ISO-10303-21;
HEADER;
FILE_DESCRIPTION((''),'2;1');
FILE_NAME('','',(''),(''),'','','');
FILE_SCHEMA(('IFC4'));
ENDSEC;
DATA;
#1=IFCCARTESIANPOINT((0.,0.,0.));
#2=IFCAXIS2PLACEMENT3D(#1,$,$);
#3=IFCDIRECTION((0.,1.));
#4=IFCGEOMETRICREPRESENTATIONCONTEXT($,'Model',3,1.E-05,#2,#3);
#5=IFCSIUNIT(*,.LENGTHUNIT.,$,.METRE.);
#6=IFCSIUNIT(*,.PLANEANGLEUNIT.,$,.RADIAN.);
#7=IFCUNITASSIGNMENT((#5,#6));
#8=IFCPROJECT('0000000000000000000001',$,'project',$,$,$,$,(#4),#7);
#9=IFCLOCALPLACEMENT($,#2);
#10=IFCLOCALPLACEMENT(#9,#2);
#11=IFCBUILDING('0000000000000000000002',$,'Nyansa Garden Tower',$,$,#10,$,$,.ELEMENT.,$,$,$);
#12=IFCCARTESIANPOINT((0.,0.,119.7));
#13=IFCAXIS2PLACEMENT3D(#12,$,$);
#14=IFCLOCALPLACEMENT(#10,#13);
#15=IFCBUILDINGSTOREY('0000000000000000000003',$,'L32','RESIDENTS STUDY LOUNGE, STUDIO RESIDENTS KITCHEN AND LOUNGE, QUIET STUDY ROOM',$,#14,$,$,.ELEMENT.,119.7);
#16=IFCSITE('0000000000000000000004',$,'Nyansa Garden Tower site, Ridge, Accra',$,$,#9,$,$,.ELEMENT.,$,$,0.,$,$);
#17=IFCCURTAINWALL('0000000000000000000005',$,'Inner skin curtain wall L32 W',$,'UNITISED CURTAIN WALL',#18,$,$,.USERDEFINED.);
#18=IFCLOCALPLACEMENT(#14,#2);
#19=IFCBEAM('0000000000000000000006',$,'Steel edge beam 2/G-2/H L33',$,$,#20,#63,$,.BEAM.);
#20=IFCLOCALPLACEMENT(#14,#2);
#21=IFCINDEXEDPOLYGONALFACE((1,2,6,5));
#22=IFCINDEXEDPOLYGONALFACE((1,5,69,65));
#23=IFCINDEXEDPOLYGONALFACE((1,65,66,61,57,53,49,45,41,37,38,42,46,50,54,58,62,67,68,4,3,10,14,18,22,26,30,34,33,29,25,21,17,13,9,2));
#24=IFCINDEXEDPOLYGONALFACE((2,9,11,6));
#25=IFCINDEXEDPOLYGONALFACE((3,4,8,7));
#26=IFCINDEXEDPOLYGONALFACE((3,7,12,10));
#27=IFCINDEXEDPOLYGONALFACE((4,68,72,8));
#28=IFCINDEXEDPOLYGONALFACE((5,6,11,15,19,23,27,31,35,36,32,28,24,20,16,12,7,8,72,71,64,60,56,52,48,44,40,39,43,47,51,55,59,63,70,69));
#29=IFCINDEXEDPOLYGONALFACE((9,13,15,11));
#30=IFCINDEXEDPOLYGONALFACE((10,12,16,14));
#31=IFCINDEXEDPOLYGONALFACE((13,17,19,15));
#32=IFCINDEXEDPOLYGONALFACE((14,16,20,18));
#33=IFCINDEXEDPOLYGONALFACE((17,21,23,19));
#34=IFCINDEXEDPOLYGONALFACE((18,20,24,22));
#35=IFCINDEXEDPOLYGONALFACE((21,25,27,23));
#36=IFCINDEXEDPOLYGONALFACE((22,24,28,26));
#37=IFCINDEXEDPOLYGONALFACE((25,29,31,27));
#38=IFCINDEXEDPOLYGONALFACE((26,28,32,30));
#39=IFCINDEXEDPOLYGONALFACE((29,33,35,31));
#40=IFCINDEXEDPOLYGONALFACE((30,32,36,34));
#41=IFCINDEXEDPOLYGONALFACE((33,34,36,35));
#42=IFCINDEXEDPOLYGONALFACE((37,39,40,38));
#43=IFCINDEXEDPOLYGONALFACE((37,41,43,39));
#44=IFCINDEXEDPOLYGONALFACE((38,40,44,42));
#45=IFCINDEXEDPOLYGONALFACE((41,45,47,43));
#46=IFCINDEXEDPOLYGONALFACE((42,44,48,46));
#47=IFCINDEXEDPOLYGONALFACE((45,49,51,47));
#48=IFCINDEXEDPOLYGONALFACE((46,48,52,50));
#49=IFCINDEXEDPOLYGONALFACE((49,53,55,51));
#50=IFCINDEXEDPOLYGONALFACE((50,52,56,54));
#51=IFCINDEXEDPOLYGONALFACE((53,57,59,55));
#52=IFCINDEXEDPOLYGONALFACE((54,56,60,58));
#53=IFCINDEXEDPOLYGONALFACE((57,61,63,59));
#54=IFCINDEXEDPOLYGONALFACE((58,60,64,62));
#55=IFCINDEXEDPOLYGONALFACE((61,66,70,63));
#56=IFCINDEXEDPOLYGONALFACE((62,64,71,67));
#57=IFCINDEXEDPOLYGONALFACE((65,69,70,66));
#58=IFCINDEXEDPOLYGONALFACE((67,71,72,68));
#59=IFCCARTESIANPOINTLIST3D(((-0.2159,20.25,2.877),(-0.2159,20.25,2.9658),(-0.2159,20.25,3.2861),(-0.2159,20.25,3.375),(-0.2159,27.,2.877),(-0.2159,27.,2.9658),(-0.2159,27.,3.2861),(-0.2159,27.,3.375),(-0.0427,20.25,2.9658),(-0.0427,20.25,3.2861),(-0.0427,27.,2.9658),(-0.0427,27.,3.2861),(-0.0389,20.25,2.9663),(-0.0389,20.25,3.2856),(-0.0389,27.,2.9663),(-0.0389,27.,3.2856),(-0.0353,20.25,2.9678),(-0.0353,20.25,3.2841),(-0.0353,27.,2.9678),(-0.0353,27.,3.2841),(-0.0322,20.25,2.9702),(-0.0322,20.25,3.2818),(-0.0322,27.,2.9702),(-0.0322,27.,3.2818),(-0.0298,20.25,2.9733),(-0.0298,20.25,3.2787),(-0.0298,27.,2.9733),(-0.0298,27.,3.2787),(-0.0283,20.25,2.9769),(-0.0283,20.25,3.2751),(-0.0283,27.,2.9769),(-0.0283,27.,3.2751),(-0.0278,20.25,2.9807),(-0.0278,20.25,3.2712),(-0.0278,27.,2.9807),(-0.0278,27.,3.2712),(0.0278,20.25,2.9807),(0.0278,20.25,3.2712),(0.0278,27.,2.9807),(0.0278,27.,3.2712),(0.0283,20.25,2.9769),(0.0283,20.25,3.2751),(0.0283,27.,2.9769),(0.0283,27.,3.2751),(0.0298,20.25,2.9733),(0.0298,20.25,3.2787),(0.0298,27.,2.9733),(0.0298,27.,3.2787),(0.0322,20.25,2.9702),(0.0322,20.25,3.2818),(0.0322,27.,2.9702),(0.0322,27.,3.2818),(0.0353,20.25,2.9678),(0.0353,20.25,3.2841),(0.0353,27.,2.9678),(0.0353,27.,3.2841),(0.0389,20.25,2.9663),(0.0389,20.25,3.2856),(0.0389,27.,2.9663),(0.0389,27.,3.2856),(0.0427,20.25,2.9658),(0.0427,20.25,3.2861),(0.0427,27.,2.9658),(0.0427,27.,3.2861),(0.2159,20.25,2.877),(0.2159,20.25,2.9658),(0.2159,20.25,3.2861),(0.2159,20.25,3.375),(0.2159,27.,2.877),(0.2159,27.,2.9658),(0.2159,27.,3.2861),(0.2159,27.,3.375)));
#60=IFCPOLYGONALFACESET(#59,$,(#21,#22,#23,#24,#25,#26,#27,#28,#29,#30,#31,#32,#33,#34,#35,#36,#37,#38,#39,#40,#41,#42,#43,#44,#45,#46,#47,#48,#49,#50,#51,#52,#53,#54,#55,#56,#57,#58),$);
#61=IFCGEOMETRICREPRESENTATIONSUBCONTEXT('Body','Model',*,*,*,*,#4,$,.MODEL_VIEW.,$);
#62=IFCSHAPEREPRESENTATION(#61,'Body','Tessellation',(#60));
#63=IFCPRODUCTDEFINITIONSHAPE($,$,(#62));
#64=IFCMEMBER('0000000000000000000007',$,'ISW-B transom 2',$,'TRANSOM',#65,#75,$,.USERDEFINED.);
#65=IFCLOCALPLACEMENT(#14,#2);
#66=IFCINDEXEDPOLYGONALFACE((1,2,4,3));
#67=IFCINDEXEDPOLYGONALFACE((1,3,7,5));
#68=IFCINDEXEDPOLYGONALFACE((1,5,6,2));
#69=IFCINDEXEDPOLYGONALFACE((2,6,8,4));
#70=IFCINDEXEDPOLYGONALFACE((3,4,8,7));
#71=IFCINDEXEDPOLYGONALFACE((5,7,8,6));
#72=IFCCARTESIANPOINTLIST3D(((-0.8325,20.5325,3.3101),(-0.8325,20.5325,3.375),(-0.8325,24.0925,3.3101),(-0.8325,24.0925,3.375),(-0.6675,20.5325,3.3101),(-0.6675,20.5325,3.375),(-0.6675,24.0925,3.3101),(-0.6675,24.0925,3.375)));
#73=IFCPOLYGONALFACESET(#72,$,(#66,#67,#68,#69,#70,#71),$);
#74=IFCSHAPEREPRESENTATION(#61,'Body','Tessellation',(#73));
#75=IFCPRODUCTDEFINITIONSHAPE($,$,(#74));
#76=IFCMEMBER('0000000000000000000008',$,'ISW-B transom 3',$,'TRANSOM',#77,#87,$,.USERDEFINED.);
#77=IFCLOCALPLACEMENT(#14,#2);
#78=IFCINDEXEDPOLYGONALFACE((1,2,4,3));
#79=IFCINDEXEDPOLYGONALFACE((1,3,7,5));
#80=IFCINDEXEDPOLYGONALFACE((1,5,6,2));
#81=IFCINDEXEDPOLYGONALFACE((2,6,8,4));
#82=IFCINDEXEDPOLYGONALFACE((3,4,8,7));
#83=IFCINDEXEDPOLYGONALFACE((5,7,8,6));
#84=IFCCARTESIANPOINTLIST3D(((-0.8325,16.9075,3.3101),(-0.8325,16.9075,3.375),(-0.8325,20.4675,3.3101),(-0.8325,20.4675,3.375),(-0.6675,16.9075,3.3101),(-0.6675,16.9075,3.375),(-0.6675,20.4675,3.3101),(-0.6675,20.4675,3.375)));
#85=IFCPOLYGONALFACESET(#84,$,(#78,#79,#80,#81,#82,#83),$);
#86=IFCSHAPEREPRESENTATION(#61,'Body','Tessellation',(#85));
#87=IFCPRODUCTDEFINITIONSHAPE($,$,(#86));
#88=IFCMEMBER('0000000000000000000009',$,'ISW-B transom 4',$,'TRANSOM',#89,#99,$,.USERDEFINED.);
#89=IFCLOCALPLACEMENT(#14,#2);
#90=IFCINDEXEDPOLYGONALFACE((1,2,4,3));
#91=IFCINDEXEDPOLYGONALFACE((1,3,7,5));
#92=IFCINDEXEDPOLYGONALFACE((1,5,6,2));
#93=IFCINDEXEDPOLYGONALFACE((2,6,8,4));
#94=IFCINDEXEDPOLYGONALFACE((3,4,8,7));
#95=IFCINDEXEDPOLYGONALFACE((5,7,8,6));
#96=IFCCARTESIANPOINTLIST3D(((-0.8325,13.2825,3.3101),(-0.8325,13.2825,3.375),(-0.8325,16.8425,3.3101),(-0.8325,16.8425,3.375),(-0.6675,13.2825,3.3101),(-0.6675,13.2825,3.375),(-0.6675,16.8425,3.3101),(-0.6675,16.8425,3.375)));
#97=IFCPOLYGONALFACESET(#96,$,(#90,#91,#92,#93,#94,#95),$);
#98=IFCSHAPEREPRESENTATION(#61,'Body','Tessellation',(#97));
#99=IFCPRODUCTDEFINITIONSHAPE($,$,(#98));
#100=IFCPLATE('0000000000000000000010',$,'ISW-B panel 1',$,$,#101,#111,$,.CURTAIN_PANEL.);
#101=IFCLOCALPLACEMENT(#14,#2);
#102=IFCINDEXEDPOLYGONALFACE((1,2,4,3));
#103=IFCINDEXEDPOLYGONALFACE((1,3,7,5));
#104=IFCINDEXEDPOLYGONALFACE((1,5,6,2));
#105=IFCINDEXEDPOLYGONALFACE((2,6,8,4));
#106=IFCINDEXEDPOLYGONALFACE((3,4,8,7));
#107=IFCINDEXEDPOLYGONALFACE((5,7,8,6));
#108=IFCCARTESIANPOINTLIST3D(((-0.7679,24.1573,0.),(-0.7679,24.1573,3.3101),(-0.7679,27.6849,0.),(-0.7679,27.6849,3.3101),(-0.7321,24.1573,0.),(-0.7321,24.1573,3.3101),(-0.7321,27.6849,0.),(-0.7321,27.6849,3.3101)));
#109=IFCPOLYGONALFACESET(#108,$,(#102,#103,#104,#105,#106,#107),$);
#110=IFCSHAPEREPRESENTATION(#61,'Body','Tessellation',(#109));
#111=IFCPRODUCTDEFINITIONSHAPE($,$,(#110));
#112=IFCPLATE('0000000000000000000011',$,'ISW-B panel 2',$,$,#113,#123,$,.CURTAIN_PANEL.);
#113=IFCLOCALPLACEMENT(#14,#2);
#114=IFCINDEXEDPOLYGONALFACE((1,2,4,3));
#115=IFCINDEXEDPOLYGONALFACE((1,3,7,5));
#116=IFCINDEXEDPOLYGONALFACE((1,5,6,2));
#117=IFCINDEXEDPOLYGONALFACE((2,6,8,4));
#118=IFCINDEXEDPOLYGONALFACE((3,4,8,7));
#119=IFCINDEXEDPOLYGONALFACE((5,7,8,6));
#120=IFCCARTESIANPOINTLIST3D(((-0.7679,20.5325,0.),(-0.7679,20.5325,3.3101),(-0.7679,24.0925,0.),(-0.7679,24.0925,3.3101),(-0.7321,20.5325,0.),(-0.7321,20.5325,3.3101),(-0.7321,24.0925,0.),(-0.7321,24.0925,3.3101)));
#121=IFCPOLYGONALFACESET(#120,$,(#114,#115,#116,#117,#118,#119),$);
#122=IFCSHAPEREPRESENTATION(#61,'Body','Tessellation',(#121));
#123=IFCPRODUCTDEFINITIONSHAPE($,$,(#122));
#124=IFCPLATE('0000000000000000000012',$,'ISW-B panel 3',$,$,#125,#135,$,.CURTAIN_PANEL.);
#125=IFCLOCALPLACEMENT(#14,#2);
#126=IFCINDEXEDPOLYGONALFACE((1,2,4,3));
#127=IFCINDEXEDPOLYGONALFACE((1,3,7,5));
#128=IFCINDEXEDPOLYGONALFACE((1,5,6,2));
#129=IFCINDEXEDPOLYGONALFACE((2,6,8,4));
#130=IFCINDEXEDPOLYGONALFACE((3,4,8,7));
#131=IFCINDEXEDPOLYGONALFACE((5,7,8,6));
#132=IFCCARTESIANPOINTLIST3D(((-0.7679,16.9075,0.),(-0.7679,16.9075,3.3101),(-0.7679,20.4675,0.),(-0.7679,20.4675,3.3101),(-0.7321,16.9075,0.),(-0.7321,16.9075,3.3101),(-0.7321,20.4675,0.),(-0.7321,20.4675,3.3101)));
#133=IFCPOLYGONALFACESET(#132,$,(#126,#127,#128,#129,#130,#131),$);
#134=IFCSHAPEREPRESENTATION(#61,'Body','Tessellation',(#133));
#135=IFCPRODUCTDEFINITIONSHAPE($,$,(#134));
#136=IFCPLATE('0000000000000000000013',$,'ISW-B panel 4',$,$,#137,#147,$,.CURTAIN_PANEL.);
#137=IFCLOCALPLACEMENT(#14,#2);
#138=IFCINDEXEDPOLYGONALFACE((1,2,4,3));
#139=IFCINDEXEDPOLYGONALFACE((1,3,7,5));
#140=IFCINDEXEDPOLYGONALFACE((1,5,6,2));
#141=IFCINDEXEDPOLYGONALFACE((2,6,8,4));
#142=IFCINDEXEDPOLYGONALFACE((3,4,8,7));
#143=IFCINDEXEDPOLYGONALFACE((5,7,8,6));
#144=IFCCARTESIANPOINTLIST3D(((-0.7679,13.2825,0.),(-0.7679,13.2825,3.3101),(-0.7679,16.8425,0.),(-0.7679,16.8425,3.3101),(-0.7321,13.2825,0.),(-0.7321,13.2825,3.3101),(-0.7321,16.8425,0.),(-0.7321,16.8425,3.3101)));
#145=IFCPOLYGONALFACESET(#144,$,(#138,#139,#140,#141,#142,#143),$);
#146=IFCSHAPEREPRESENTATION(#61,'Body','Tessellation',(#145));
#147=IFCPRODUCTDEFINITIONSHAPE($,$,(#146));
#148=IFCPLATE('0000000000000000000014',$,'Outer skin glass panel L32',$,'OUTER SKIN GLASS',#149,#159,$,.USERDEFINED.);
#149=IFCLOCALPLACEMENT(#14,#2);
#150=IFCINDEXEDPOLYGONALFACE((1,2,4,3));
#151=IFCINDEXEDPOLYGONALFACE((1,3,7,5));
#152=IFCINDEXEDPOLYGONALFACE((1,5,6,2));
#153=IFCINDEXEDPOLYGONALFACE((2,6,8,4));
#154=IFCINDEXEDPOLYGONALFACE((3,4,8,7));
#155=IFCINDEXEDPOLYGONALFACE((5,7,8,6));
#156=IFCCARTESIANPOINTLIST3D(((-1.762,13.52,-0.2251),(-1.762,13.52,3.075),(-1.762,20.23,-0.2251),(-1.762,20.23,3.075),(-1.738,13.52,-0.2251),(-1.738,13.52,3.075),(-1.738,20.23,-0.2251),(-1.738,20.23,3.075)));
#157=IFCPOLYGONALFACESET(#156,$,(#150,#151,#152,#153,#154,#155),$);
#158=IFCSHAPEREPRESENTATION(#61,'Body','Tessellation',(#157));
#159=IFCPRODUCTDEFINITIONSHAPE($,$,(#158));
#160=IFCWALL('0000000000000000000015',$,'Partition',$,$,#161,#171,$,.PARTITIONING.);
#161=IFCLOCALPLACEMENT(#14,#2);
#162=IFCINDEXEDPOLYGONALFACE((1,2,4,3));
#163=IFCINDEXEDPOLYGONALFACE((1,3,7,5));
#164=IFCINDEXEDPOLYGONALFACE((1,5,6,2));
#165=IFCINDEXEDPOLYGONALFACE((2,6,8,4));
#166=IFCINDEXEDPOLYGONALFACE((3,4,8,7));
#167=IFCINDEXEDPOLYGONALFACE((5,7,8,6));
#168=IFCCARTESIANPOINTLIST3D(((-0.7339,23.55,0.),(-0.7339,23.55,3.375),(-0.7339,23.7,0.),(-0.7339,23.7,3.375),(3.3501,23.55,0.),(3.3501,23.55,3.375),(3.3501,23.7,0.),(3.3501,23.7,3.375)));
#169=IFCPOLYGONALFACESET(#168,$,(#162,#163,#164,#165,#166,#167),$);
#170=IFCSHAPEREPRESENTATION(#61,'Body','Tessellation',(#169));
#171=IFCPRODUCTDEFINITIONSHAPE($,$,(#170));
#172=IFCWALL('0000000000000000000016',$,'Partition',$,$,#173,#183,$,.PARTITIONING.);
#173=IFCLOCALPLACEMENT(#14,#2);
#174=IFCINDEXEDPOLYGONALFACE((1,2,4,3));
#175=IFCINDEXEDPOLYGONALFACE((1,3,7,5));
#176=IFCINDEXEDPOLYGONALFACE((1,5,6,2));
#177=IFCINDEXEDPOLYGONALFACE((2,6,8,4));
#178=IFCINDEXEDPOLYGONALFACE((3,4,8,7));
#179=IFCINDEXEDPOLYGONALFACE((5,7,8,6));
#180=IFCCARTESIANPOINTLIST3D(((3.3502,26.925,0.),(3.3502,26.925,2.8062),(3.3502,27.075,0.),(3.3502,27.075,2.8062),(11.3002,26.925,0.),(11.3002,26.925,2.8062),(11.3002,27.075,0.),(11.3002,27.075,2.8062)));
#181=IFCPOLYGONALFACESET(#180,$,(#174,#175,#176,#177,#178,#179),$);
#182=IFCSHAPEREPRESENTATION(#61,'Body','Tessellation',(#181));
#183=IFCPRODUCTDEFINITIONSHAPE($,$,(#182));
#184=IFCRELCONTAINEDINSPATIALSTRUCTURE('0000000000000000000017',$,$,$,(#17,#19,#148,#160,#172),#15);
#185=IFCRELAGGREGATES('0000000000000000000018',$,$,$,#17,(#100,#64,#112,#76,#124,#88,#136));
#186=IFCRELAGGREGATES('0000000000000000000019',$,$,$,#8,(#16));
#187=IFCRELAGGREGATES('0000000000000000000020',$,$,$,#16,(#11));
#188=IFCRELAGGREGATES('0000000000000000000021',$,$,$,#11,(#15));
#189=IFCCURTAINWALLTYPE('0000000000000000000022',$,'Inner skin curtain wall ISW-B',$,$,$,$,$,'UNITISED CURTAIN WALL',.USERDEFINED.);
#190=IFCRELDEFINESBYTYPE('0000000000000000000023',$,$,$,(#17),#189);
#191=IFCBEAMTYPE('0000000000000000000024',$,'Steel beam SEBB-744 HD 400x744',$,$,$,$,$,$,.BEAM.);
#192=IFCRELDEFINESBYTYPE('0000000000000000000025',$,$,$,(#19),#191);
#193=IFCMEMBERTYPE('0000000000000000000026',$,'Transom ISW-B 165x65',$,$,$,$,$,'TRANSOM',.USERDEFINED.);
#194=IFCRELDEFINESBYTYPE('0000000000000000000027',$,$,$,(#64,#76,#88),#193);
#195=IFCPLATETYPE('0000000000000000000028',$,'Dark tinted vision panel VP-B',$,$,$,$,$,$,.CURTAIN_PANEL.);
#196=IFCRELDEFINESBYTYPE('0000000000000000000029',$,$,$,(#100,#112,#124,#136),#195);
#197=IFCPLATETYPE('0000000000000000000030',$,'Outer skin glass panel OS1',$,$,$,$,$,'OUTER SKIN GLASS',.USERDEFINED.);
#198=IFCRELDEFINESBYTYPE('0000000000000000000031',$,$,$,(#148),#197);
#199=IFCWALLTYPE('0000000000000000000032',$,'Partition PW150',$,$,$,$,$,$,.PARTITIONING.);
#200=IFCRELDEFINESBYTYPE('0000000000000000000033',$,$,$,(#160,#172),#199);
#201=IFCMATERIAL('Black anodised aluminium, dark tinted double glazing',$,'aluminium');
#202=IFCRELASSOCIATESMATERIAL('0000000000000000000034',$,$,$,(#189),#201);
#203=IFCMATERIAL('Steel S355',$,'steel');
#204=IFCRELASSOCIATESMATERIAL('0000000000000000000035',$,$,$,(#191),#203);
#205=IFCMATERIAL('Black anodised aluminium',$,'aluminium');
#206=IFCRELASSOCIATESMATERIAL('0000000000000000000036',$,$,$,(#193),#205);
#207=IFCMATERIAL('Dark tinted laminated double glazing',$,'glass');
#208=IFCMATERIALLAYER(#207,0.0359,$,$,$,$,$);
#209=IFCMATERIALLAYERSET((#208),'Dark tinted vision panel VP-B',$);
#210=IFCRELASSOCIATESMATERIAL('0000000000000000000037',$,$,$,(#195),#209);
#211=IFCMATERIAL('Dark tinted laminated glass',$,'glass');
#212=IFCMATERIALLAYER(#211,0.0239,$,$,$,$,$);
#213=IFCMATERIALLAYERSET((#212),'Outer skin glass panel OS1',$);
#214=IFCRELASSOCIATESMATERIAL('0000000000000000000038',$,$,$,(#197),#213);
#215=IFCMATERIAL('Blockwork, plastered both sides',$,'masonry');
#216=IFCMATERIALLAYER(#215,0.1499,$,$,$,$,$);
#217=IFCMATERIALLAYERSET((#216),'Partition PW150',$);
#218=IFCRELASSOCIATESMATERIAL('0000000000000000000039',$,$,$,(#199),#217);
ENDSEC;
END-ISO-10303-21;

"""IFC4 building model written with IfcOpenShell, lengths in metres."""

from ifc_helpers import new_model, si_unit, direction, frame, frame_2d, origin, origin_2d, place, context, subcontext, project, spatial, rectangle, i_section, extrude, material, layer, layer_set, material_profile, profile_set, type_object, element, aggregate, save


model = new_model("IFC4")

# Units and contexts
model_context = context("Model", 3, precision=1e-05, world=origin(), true_north=direction((0.0, 1.0)))
body_context = subcontext(model_context, "Body", "Model", "MODEL_VIEW")
ifc_project = project(units=[si_unit("LENGTHUNIT", "METRE"), si_unit("PLANEANGLEUNIT", "RADIAN")], contexts=[model_context])

# Site, building, storey
site_placement = place(None, origin())
site = spatial("IfcSite", under=ifc_project, at=site_placement, Name="Nyansa Garden Tower site, Ridge, Accra", CompositionType="ELEMENT", RefElevation=0.0)
building_placement = place(site_placement, origin())
building = spatial("IfcBuilding", under=site, at=building_placement, Name="Nyansa Garden Tower", CompositionType="ELEMENT")
storey_placement = place(building_placement, frame((0.0, 0.0, 119.7)))
storey = spatial("IfcBuildingStorey", under=building, at=storey_placement, Name="L32", Description="RESIDENTS STUDY LOUNGE, STUDIO RESIDENTS KITCHEN AND LOUNGE, QUIET STUDY ROOM", CompositionType="ELEMENT", Elevation=119.7)

# Curtain wall
ifc_material_1 = material(Name="Black anodised aluminium, dark tinted double glazing", Category="aluminium")
curtain_wall_type = type_object("IfcCurtainWallType", Name="Inner skin curtain wall ISW-B", ElementType="UNITISED CURTAIN WALL", PredefinedType="USERDEFINED", material=ifc_material_1)
curtain_wall_placement = place(storey_placement, origin())
curtain_wall = element("IfcCurtainWall", 1, at=curtain_wall_placement, inside=storey, type_object=curtain_wall_type, Name="Inner skin curtain wall L32 W", ObjectType="UNITISED CURTAIN WALL", PredefinedType="USERDEFINED")

# Beam
ifc_material_2 = material(Name="Steel S355", Category="steel")
ifc_material_profile_1 = material_profile(ifc_material_2, i_section(OverallWidth=0.4319, OverallDepth=0.498, WebThickness=0.0557, FlangeThickness=0.0889, FilletRadius=0.0149, at=origin_2d()), Name="HD 400x744")
ifc_profile_set_1 = profile_set([ifc_material_profile_1], Name="Steel S355")
beam_type_1 = type_object("IfcBeamType", Name="Steel beam SEBB-744 HD 400x744", PredefinedType="BEAM", material=ifc_profile_set_1)
beam_1_placement = place(storey_placement, frame((0.0, 20.25, 3.126), z_axis=(0.0, 1.0, 0.0), x_axis=(-1.0, 0.0, 0.0)))
element("IfcBeam", 2, at=beam_1_placement, inside=storey, type_object=beam_type_1, Name="Steel edge beam 2/G-2/H L33", PredefinedType="BEAM", context=body_context, shape_type="SweptSolid", body=[
    extrude(i_section(OverallWidth=0.4319, OverallDepth=0.498, WebThickness=0.0557, FlangeThickness=0.0889, FilletRadius=0.0149, at=origin_2d()), origin(), (0.0, 0.0, 1.0), 6.75),
])

# Members
ifc_material_3 = material(Name="Black anodised aluminium", Category="aluminium")
ifc_material_profile_2 = material_profile(ifc_material_3, rectangle(XDim=0.165, YDim=0.0649, at=origin_2d()), Name="Transom 165x65")
ifc_profile_set_2 = profile_set([ifc_material_profile_2], Name="Black anodised aluminium")
member_type_1 = type_object("IfcMemberType", Name="Transom ISW-B 165x65", ElementType="TRANSOM", PredefinedType="USERDEFINED", material=ifc_profile_set_2)
member_1_placement = place(storey_placement, frame((-0.75, 24.0925, 3.3425), z_axis=(0.0, -1.0, 0.0), x_axis=(1.0, 0.0, 0.0)))
member_1 = element("IfcMember", 3, at=member_1_placement, type_object=member_type_1, Name="ISW-B transom 2", ObjectType="TRANSOM", PredefinedType="USERDEFINED", context=body_context, shape_type="SweptSolid", body=[
    extrude(rectangle(XDim=0.165, YDim=0.0649, at=origin_2d()), origin(), (0.0, 0.0, 1.0), 3.5601),
])
member_2_placement = place(storey_placement, frame((-0.75, 20.4675, 3.3425), z_axis=(0.0, -1.0, 0.0), x_axis=(1.0, 0.0, 0.0)))
member_2 = element("IfcMember", 4, at=member_2_placement, type_object=member_type_1, Name="ISW-B transom 3", ObjectType="TRANSOM", PredefinedType="USERDEFINED", context=body_context, shape_type="SweptSolid", body=[
    extrude(rectangle(XDim=0.165, YDim=0.0649, at=origin_2d()), origin(), (0.0, 0.0, 1.0), 3.5601),
])
member_3_placement = place(storey_placement, frame((-0.75, 16.8425, 3.3425), z_axis=(0.0, -1.0, 0.0), x_axis=(1.0, 0.0, 0.0)))
member_3 = element("IfcMember", 5, at=member_3_placement, type_object=member_type_1, Name="ISW-B transom 4", ObjectType="TRANSOM", PredefinedType="USERDEFINED", context=body_context, shape_type="SweptSolid", body=[
    extrude(rectangle(XDim=0.165, YDim=0.0649, at=origin_2d()), origin(), (0.0, 0.0, 1.0), 3.5601),
])

# Plates
ifc_material_4 = material(Name="Dark tinted laminated double glazing", Category="glass")
ifc_layer_1 = layer(ifc_material_4, 0.0359)
ifc_layer_set_1 = layer_set([ifc_layer_1], Name="Dark tinted vision panel VP-B")
plate_type_1 = type_object("IfcPlateType", Name="Dark tinted vision panel VP-B", PredefinedType="CURTAIN_PANEL", material=ifc_layer_set_1)
plate_1_placement = place(storey_placement, frame((-0.75, 25.9211, 0.0), z_axis=(0.0, 0.0, 1.0), x_axis=(0.0, -1.0, 0.0)))
plate_1 = element("IfcPlate", 6, at=plate_1_placement, type_object=plate_type_1, Name="ISW-B panel 1", PredefinedType="CURTAIN_PANEL", context=body_context, shape_type="SweptSolid", body=[
    extrude(rectangle(XDim=3.5276, YDim=0.0359, at=origin_2d()), origin(), (0.0, 0.0, 1.0), 3.3101),
])
plate_2_placement = place(storey_placement, frame((-0.75, 22.3125, 0.0), z_axis=(0.0, 0.0, 1.0), x_axis=(0.0, -1.0, 0.0)))
plate_2 = element("IfcPlate", 7, at=plate_2_placement, type_object=plate_type_1, Name="ISW-B panel 2", PredefinedType="CURTAIN_PANEL", context=body_context, shape_type="SweptSolid", body=[
    extrude(rectangle(XDim=3.5601, YDim=0.0359, at=origin_2d()), origin(), (0.0, 0.0, 1.0), 3.3101),
])
plate_3_placement = place(storey_placement, frame((-0.75, 18.6875, 0.0), z_axis=(0.0, 0.0, 1.0), x_axis=(0.0, -1.0, 0.0)))
plate_3 = element("IfcPlate", 8, at=plate_3_placement, type_object=plate_type_1, Name="ISW-B panel 3", PredefinedType="CURTAIN_PANEL", context=body_context, shape_type="SweptSolid", body=[
    extrude(rectangle(XDim=3.5601, YDim=0.0359, at=origin_2d()), origin(), (0.0, 0.0, 1.0), 3.3101),
])
plate_4_placement = place(storey_placement, frame((-0.75, 15.0625, 0.0), z_axis=(0.0, 0.0, 1.0), x_axis=(0.0, -1.0, 0.0)))
plate_4 = element("IfcPlate", 9, at=plate_4_placement, type_object=plate_type_1, Name="ISW-B panel 4", PredefinedType="CURTAIN_PANEL", context=body_context, shape_type="SweptSolid", body=[
    extrude(rectangle(XDim=3.5601, YDim=0.0359, at=origin_2d()), origin(), (0.0, 0.0, 1.0), 3.3101),
])
aggregate(curtain_wall, [plate_1, member_1, plate_2, member_2, plate_3, member_3, plate_4])
ifc_material_5 = material(Name="Dark tinted laminated glass", Category="glass")
ifc_layer_2 = layer(ifc_material_5, 0.0239)
ifc_layer_set_2 = layer_set([ifc_layer_2], Name="Outer skin glass panel OS1")
plate_type_2 = type_object("IfcPlateType", Name="Outer skin glass panel OS1", ElementType="OUTER SKIN GLASS", PredefinedType="USERDEFINED", material=ifc_layer_set_2)
plate_5_placement = place(storey_placement, frame((-1.75, 16.875, -0.2251), z_axis=(0.0, 0.0, 1.0), x_axis=(0.0, 1.0, 0.0)))
element("IfcPlate", 10, at=plate_5_placement, inside=storey, type_object=plate_type_2, Name="Outer skin glass panel L32", ObjectType="OUTER SKIN GLASS", PredefinedType="USERDEFINED", context=body_context, shape_type="SweptSolid", body=[
    extrude(rectangle(XDim=6.71, YDim=0.0239, at=origin_2d()), origin(), (0.0, 0.0, 1.0), 3.3),
])

# Walls
ifc_material_6 = material(Name="Blockwork, plastered both sides", Category="masonry")
ifc_layer_3 = layer(ifc_material_6, 0.1499)
ifc_layer_set_3 = layer_set([ifc_layer_3], Name="Partition PW150")
wall_type_1 = type_object("IfcWallType", Name="Partition PW150", PredefinedType="PARTITIONING", material=ifc_layer_set_3)
wall_1_placement = place(storey_placement, frame((-0.7339, 23.625, 0.0), z_axis=(0.0, 0.0, 1.0), x_axis=(1.0, 0.0, 0.0)))
element("IfcWall", 11, at=wall_1_placement, inside=storey, type_object=wall_type_1, Name="Partition", PredefinedType="PARTITIONING", context=body_context, shape_type="SweptSolid", body=[
    extrude(rectangle(XDim=4.084, YDim=0.1499, at=frame_2d((2.042, 0.0))), origin(), (0.0, 0.0, 1.0), 3.375),
])
wall_2_placement = place(storey_placement, frame((3.3501, 27.0, 0.0), z_axis=(0.0, 0.0, 1.0), x_axis=(1.0, 0.0, 0.0)))
element("IfcWall", 12, at=wall_2_placement, inside=storey, type_object=wall_type_1, Name="Partition", PredefinedType="PARTITIONING", context=body_context, shape_type="SweptSolid", body=[
    extrude(rectangle(XDim=7.95, YDim=0.1499, at=frame_2d((3.9751, 0.0))), origin(), (0.0, 0.0, 1.0), 2.8062),
])

save(model, "model.ifc")
